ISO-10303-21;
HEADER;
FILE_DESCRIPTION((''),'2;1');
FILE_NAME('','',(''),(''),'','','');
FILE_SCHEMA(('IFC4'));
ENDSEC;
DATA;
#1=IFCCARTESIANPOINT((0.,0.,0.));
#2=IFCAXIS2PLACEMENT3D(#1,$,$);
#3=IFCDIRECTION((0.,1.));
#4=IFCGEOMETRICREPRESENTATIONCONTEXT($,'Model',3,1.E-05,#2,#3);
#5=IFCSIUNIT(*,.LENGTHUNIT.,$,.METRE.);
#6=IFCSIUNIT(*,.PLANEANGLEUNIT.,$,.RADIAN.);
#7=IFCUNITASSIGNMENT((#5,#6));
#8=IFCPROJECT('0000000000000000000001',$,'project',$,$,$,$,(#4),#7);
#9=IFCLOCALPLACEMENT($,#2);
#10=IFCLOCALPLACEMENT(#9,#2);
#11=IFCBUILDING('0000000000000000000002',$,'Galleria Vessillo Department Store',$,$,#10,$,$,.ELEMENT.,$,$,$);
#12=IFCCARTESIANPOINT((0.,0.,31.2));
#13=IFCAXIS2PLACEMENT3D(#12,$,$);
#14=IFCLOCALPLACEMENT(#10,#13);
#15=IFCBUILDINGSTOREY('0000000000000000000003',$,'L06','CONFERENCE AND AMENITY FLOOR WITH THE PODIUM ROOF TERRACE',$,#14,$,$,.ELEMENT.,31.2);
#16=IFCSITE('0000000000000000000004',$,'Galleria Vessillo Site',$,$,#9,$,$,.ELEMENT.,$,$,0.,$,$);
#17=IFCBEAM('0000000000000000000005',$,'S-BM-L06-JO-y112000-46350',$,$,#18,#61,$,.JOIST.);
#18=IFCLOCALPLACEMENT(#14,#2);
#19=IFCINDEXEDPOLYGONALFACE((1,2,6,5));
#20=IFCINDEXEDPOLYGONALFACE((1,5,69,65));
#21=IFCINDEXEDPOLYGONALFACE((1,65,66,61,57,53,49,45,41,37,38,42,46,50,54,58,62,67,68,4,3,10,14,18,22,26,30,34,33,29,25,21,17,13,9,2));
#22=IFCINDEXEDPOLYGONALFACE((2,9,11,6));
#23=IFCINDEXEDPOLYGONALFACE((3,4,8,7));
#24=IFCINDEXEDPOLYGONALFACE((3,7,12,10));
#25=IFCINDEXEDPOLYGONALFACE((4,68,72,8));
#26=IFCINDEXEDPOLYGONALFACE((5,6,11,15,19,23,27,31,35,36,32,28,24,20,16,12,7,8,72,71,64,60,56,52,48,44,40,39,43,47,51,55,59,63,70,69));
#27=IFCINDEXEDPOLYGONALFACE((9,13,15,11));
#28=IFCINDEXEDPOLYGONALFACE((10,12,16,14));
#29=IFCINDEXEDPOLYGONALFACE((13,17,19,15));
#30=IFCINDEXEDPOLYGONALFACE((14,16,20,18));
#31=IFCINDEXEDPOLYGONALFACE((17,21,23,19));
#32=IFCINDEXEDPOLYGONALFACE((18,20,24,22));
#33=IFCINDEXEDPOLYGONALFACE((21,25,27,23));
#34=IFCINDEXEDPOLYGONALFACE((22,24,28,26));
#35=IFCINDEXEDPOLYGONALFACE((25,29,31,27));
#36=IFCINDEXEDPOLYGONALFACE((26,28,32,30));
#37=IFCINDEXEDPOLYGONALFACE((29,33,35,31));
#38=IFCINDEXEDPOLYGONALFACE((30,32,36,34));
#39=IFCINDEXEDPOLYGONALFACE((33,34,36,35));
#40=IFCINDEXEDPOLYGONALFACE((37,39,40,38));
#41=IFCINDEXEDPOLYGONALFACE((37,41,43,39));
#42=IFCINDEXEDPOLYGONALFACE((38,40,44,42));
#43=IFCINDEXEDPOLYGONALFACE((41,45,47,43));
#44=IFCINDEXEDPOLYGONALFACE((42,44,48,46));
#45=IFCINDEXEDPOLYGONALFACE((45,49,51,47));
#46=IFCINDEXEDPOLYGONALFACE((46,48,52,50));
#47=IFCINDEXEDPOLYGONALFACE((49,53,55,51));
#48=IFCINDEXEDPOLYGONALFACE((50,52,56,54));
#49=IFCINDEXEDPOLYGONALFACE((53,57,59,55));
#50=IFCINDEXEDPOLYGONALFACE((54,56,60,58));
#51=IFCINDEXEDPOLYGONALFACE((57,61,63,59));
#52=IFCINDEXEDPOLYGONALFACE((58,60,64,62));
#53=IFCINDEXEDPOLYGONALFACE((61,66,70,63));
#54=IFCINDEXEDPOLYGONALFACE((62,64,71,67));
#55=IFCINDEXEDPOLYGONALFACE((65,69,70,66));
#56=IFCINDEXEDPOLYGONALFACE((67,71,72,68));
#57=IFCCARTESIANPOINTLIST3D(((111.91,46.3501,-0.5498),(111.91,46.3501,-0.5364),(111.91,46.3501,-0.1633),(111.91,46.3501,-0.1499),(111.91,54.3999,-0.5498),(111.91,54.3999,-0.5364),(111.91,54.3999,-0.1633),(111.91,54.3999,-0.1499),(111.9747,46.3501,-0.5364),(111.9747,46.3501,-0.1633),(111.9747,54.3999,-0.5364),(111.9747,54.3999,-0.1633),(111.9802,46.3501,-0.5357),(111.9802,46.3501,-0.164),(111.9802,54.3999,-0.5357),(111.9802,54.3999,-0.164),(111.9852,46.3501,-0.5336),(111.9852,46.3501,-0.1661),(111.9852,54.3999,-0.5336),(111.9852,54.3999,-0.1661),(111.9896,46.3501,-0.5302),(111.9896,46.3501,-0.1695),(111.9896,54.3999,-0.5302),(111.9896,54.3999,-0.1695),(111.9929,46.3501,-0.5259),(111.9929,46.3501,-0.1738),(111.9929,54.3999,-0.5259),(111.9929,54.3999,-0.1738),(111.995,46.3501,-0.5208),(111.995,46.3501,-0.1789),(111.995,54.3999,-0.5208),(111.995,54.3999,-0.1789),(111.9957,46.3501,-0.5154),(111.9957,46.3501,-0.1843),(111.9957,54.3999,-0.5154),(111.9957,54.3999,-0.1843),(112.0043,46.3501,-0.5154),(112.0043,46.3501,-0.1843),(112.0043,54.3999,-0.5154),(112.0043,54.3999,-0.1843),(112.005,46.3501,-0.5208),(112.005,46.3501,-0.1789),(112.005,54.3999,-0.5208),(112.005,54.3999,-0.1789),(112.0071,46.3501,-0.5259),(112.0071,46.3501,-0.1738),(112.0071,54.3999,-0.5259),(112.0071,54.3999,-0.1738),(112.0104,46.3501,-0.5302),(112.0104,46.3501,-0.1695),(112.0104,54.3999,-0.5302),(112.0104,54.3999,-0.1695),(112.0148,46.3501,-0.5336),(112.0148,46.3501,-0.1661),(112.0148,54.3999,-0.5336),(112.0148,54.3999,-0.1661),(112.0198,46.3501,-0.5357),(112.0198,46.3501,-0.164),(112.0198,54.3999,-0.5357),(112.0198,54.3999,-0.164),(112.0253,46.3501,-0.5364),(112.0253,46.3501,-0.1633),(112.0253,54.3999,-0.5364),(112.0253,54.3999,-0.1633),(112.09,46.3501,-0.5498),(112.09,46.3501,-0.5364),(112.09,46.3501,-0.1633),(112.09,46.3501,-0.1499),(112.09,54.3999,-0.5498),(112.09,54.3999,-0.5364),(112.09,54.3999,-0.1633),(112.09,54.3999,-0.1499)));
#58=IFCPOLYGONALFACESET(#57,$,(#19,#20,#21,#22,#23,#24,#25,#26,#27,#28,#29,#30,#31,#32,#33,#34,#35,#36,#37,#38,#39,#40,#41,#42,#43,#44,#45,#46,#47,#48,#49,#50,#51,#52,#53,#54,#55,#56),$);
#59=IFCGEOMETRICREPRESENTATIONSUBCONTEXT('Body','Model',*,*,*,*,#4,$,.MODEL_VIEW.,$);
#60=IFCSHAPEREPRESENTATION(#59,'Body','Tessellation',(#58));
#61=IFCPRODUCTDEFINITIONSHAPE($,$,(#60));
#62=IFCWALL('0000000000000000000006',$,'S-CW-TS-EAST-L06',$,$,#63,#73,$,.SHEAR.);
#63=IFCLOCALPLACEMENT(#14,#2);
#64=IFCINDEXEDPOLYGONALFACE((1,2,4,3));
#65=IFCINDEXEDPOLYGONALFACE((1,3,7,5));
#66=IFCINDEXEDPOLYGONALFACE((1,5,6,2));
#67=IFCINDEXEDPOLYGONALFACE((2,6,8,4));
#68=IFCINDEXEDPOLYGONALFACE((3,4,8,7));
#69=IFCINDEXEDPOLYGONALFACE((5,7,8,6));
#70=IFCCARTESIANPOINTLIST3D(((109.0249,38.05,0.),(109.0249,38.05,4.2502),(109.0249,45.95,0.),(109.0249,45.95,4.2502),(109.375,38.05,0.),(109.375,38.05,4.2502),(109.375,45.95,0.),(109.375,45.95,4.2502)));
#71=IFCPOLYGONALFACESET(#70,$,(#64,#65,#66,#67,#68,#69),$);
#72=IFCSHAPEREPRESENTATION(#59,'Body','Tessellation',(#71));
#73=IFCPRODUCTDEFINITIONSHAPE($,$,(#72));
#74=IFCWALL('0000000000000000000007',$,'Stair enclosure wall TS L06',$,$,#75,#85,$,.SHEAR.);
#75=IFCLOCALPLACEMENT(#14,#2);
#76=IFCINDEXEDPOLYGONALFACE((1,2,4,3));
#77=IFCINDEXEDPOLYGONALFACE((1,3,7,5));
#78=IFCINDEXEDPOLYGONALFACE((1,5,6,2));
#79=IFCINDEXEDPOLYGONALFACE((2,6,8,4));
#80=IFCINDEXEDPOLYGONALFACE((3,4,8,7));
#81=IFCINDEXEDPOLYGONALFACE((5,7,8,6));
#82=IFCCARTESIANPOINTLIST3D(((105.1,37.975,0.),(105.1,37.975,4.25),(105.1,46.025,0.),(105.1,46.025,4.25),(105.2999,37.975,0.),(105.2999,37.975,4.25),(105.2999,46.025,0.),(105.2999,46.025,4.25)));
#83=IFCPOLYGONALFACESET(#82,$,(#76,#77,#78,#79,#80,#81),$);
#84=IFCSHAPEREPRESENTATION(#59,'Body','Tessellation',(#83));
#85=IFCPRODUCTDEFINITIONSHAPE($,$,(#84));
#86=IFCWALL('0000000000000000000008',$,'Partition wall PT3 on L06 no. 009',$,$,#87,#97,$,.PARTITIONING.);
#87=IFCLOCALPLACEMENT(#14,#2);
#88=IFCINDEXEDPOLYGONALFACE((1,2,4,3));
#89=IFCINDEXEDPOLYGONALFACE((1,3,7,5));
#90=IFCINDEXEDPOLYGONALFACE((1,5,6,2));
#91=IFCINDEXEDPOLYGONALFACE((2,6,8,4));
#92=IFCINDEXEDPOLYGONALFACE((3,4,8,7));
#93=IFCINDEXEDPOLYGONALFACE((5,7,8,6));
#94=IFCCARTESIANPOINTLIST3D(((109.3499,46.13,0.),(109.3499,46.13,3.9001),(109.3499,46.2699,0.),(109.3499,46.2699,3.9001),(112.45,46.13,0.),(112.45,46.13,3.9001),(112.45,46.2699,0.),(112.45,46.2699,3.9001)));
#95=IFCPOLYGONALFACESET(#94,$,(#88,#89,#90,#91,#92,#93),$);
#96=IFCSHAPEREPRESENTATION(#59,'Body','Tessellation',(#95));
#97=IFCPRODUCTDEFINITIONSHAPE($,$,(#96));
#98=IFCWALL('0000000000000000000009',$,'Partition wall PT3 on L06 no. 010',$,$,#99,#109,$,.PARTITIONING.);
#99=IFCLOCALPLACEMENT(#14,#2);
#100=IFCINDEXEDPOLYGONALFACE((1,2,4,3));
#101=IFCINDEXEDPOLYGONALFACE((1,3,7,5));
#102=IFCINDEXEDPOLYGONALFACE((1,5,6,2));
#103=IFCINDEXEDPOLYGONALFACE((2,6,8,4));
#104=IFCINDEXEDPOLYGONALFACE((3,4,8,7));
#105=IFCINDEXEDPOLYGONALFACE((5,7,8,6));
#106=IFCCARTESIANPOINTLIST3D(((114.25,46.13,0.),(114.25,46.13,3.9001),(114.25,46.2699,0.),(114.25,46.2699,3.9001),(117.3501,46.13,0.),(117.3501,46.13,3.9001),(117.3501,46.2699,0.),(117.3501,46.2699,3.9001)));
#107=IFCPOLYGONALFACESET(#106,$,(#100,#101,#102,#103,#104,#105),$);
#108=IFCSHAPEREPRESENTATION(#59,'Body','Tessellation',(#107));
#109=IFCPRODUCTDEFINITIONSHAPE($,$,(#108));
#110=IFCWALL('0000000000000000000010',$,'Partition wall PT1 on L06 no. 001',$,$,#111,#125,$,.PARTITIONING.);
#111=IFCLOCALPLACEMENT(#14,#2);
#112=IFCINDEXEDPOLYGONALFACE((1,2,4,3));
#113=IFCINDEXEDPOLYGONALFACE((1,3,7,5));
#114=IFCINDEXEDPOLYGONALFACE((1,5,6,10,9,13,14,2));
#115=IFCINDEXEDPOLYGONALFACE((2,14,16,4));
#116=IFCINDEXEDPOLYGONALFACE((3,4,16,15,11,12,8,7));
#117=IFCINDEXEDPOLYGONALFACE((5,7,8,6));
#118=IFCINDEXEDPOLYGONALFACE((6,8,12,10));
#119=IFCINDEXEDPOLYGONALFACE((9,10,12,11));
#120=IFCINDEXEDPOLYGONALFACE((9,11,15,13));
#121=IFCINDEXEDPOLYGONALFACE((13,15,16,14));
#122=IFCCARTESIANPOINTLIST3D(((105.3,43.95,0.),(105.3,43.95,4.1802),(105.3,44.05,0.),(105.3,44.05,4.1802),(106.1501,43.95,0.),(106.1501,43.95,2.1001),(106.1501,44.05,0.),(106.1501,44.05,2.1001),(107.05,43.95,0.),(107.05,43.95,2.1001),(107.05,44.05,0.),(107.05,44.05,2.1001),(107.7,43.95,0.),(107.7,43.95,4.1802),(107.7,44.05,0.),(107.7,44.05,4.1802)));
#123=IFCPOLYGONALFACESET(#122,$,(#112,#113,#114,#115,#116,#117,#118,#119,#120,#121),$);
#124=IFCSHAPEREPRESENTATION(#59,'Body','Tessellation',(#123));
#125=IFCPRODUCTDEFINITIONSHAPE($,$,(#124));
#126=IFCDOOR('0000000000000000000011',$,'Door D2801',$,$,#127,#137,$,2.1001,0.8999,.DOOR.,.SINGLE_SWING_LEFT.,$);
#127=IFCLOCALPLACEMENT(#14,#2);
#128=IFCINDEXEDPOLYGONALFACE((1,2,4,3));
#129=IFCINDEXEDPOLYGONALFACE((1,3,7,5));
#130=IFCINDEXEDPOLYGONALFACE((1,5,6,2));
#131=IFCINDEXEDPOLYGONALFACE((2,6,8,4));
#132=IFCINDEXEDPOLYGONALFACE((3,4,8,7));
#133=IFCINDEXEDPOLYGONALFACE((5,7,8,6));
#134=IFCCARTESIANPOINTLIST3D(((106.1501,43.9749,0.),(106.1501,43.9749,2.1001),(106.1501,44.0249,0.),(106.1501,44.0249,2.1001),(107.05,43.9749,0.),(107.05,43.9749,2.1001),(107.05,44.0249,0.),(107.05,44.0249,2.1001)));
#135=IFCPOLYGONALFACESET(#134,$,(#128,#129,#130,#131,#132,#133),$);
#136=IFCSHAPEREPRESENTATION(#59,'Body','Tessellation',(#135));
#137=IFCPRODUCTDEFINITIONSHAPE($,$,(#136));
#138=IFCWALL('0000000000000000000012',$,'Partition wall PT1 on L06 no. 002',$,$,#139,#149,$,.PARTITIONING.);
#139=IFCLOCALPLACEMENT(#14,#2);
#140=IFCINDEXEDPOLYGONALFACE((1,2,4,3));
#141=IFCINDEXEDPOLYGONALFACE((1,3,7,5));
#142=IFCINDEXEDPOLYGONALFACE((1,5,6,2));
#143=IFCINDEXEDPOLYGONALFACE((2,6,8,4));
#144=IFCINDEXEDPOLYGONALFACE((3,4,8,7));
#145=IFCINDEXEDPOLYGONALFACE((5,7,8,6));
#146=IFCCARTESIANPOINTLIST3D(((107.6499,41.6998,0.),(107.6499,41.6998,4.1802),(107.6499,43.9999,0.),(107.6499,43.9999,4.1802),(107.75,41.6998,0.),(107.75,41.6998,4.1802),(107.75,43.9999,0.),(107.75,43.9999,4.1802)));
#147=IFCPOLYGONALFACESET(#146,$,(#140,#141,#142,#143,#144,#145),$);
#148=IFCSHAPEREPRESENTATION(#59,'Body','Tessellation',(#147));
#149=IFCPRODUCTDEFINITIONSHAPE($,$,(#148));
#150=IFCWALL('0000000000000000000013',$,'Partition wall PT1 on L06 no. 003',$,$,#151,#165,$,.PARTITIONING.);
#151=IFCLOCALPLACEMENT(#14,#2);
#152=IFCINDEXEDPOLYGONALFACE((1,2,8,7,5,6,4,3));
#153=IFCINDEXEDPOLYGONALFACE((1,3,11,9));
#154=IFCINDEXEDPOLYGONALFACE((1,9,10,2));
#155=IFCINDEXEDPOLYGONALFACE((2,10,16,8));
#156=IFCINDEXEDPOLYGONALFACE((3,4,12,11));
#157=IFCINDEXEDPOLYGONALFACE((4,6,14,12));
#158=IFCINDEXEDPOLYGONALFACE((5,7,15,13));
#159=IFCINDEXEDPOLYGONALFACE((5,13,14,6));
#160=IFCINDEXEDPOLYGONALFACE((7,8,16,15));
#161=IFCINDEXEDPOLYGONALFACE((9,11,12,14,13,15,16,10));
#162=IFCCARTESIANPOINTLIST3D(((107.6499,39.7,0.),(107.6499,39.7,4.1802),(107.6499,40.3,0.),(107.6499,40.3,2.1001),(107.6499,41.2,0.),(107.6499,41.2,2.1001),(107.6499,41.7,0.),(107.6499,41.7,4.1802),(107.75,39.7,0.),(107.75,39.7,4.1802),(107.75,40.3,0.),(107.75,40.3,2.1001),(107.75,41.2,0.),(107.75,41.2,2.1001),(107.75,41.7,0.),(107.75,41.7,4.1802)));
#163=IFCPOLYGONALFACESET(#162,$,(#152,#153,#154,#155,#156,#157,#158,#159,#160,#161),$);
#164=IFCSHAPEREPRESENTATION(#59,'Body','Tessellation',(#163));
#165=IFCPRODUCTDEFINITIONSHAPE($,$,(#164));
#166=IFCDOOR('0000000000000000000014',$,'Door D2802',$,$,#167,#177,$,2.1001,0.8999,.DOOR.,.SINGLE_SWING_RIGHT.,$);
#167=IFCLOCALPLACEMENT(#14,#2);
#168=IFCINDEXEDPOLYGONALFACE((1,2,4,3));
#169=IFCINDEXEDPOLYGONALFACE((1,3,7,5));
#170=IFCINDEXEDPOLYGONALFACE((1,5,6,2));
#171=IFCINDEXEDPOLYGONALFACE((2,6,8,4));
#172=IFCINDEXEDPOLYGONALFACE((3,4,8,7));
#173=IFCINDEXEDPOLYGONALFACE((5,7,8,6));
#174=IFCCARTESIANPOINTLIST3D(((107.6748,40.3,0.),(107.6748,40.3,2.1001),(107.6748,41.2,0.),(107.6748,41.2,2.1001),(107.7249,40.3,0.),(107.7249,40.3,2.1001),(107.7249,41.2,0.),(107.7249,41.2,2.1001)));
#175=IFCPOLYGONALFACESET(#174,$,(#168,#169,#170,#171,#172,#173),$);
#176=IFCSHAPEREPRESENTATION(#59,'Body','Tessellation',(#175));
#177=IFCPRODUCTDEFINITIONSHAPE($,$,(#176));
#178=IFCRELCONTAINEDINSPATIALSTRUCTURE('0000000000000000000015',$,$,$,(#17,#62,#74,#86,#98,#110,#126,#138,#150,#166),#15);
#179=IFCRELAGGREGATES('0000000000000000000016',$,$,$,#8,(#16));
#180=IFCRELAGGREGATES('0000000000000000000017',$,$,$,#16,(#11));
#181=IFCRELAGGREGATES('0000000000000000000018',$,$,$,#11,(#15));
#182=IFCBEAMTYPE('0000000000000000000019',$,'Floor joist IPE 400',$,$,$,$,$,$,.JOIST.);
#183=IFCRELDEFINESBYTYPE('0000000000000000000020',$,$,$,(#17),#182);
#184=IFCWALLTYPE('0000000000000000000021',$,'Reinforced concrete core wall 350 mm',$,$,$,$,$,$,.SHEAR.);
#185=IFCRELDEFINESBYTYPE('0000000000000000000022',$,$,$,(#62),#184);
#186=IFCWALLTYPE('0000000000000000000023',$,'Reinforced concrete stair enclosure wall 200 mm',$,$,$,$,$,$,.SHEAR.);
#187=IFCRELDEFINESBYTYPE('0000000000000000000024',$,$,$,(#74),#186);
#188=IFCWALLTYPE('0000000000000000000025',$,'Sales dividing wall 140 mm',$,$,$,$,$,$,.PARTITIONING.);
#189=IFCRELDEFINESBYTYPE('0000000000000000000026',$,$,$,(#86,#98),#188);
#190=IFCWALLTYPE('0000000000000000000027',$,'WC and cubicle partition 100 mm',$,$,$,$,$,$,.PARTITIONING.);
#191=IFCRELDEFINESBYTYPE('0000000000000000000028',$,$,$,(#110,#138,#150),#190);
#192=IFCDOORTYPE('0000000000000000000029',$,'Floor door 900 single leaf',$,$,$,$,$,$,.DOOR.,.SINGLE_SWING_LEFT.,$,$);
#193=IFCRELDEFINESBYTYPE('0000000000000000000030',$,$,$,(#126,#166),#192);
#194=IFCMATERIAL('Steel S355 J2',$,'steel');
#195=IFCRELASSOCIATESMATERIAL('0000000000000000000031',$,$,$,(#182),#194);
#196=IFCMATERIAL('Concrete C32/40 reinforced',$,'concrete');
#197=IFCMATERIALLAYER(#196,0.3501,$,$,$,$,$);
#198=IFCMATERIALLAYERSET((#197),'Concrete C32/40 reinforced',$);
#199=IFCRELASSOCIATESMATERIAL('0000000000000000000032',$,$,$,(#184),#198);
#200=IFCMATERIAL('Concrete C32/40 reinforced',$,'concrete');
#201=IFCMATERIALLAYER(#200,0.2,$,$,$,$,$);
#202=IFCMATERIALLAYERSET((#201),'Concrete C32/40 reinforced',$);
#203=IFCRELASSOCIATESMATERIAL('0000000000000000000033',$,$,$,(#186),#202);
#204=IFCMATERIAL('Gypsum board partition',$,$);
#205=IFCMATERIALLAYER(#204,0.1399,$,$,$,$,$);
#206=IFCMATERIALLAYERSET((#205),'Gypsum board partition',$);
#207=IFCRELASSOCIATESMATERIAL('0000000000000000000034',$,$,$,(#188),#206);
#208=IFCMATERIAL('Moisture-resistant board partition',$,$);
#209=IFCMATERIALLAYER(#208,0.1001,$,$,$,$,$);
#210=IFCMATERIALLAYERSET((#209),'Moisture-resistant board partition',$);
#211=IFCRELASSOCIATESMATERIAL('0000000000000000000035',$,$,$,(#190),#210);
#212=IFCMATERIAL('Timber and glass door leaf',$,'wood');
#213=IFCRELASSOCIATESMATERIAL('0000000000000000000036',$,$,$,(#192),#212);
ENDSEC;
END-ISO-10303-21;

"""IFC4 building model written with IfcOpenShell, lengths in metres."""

from ifc_helpers import new_model, si_unit, direction, frame, frame_2d, origin, origin_2d, place, context, subcontext, project, spatial, rectangle, i_section, extrude, material, layer, layer_set, material_profile, profile_set, type_object, element, fill, save


model = new_model("IFC4")

# Units and contexts
model_context = context("Model", 3, precision=1e-05, world=origin(), true_north=direction((0.0, 1.0)))
body_context = subcontext(model_context, "Body", "Model", "MODEL_VIEW")
ifc_project = project(units=[si_unit("LENGTHUNIT", "METRE"), si_unit("PLANEANGLEUNIT", "RADIAN")], contexts=[model_context])

# Site, building, storey
site_placement = place(None, origin())
site = spatial("IfcSite", under=ifc_project, at=site_placement, Name="Galleria Vessillo Site", CompositionType="ELEMENT", RefElevation=0.0)
building_placement = place(site_placement, origin())
building = spatial("IfcBuilding", under=site, at=building_placement, Name="Galleria Vessillo Department Store", CompositionType="ELEMENT")
storey_placement = place(building_placement, frame((0.0, 0.0, 31.2)))
storey = spatial("IfcBuildingStorey", under=building, at=storey_placement, Name="L06", Description="CONFERENCE AND AMENITY FLOOR WITH THE PODIUM ROOF TERRACE", CompositionType="ELEMENT", Elevation=31.2)

# Beam
ifc_material_1 = material(Name="Steel S355 J2", Category="steel")
ifc_material_profile_1 = material_profile(ifc_material_1, i_section(OverallWidth=0.1799, OverallDepth=0.3999, WebThickness=0.0085, FlangeThickness=0.0134, FilletRadius=0.021, at=origin_2d()), Name="IPE 400")
ifc_profile_set_1 = profile_set([ifc_material_profile_1], Name="Steel S355 J2")
beam_type_1 = type_object("IfcBeamType", Name="Floor joist IPE 400", PredefinedType="JOIST", material=ifc_profile_set_1)
beam_1_placement = place(storey_placement, frame((112.0, 46.3501, -0.3499), z_axis=(0.0, 1.0, 0.0), x_axis=(-1.0, 0.0, 0.0)))
element("IfcBeam", 1, at=beam_1_placement, inside=storey, type_object=beam_type_1, Name="S-BM-L06-JO-y112000-46350", PredefinedType="JOIST", context=body_context, shape_type="SweptSolid", body=[
    extrude(i_section(OverallWidth=0.1799, OverallDepth=0.3999, WebThickness=0.0085, FlangeThickness=0.0134, FilletRadius=0.021, at=origin_2d()), origin(), (0.0, 0.0, 1.0), 8.0498),
])

# Walls
ifc_material_2 = material(Name="Concrete C32/40 reinforced", Category="concrete")
ifc_layer_1 = layer(ifc_material_2, 0.3501)
ifc_layer_set_1 = layer_set([ifc_layer_1], Name="Concrete C32/40 reinforced")
wall_type_1 = type_object("IfcWallType", Name="Reinforced concrete core wall 350 mm", PredefinedType="SHEAR", material=ifc_layer_set_1)
wall_1_placement = place(storey_placement, frame((109.2, 38.05, 0.0), z_axis=(0.0, 0.0, 1.0), x_axis=(0.0, 1.0, 0.0)))
element("IfcWall", 2, at=wall_1_placement, inside=storey, type_object=wall_type_1, Name="S-CW-TS-EAST-L06", PredefinedType="SHEAR", context=body_context, shape_type="SweptSolid", body=[
    extrude(rectangle(XDim=7.8999, YDim=0.3501, at=frame_2d((3.95, 0.0))), origin(), (0.0, 0.0, 1.0), 4.2502),
])
ifc_material_3 = material(Name="Concrete C32/40 reinforced", Category="concrete")
ifc_layer_2 = layer(ifc_material_3, 0.2)
ifc_layer_set_2 = layer_set([ifc_layer_2], Name="Concrete C32/40 reinforced")
wall_type_2 = type_object("IfcWallType", Name="Reinforced concrete stair enclosure wall 200 mm", PredefinedType="SHEAR", material=ifc_layer_set_2)
wall_2_placement = place(storey_placement, frame((105.2, 37.9751, 0.0), z_axis=(0.0, 0.0, 1.0), x_axis=(0.0, 1.0, 0.0)))
element("IfcWall", 3, at=wall_2_placement, inside=storey, type_object=wall_type_2, Name="Stair enclosure wall TS L06", PredefinedType="SHEAR", context=body_context, shape_type="SweptSolid", body=[
    extrude(rectangle(XDim=8.05, YDim=0.2, at=frame_2d((4.0249, 0.0))), origin(), (0.0, 0.0, 1.0), 4.25),
])
ifc_material_4 = material(Name="Gypsum board partition")
ifc_layer_3 = layer(ifc_material_4, 0.1399)
ifc_layer_set_3 = layer_set([ifc_layer_3], Name="Gypsum board partition")
wall_type_3 = type_object("IfcWallType", Name="Sales dividing wall 140 mm", PredefinedType="PARTITIONING", material=ifc_layer_set_3)
for number, where, z_axis, x_axis, name in (
    (4, (109.3499, 46.2, 0.0), (0.0, 0.0, 1.0), (1.0, 0.0, 0.0), "Partition wall PT3 on L06 no. 009"),
    (5, (114.25, 46.2, 0.0), (0.0, 0.0, 1.0), (1.0, 0.0, 0.0), "Partition wall PT3 on L06 no. 010"),
):
    element("IfcWall", number, at=place(storey_placement, frame(where, z_axis=z_axis, x_axis=x_axis)), inside=storey, type_object=wall_type_3, Name=name, PredefinedType="PARTITIONING", context=body_context, shape_type="SweptSolid", body=[
        extrude(rectangle(XDim=3.1001, YDim=0.1399, at=frame_2d((1.55, 0.0))), origin(), (0.0, 0.0, 1.0), 3.9001),
    ])

# Wall, opening, door
ifc_material_5 = material(Name="Moisture-resistant board partition")
ifc_layer_4 = layer(ifc_material_5, 0.1001)
ifc_layer_set_4 = layer_set([ifc_layer_4], Name="Moisture-resistant board partition")
wall_type_4 = type_object("IfcWallType", Name="WC and cubicle partition 100 mm", PredefinedType="PARTITIONING", material=ifc_layer_set_4)
wall_3_placement = place(storey_placement, frame((105.3, 44.0, 0.0), z_axis=(0.0, 0.0, 1.0), x_axis=(1.0, 0.0, 0.0)))
wall_3 = element("IfcWall", 6, at=wall_3_placement, inside=storey, type_object=wall_type_4, Name="Partition wall PT1 on L06 no. 001", PredefinedType="PARTITIONING", context=body_context, shape_type="SweptSolid", body=[
    extrude(rectangle(XDim=2.3999, YDim=0.1001, at=frame_2d((1.2, 0.0))), origin(), (0.0, 0.0, 1.0), 4.1802),
])
opening_1_placement = place(wall_3_placement, frame((0.8501, 0.0, 0.0)))
opening_1 = element("IfcOpeningElement", 7, at=opening_1_placement, cuts=wall_3, PredefinedType="OPENING", context=body_context, shape_type="SweptSolid", body=[
    extrude(rectangle(XDim=0.8999, YDim=2.1001, at=frame_2d((0.45, 1.05))), frame((0.0, 0.0601, 0.0), z_axis=(0.0, -1.0, 0.0), x_axis=(1.0, 0.0, 0.0)), (0.0, 0.0, 1.0), 0.1201),
])
ifc_material_6 = material(Name="Timber and glass door leaf", Category="wood")
door_type_1 = type_object("IfcDoorType", Name="Floor door 900 single leaf", OperationType="SINGLE_SWING_LEFT", PredefinedType="DOOR", material=ifc_material_6)
door_1_placement = place(opening_1_placement, origin())
door_1 = element("IfcDoor", 8, at=door_1_placement, inside=storey, type_object=door_type_1, Name="Door D2801", OperationType="SINGLE_SWING_LEFT", OverallHeight=2.1001, OverallWidth=0.8999, PredefinedType="DOOR", context=body_context, shape_type="SweptSolid", body=[
    extrude(rectangle(XDim=0.8999, YDim=2.1001, at=frame_2d((0.45, 1.05))), frame((0.0, 0.0249, 0.0), z_axis=(0.0, -1.0, 0.0), x_axis=(1.0, 0.0, 0.0)), (0.0, 0.0, 1.0), 0.05),
])
fill(opening_1, door_1)

# Wall
wall_4_placement = place(storey_placement, frame((107.7, 41.7, 0.0), z_axis=(0.0, 0.0, 1.0), x_axis=(0.0, 1.0, 0.0)))
element("IfcWall", 9, at=wall_4_placement, inside=storey, type_object=wall_type_4, Name="Partition wall PT1 on L06 no. 002", PredefinedType="PARTITIONING", context=body_context, shape_type="SweptSolid", body=[
    extrude(rectangle(XDim=2.3, YDim=0.1001, at=frame_2d((1.1499, 0.0))), origin(), (0.0, 0.0, 1.0), 4.1802),
])

# Wall, opening, door
wall_5_placement = place(storey_placement, frame((107.7, 39.7, 0.0), z_axis=(0.0, 0.0, 1.0), x_axis=(0.0, 1.0, 0.0)))
wall_5 = element("IfcWall", 10, at=wall_5_placement, inside=storey, type_object=wall_type_4, Name="Partition wall PT1 on L06 no. 003", PredefinedType="PARTITIONING", context=body_context, shape_type="SweptSolid", body=[
    extrude(rectangle(XDim=2.0, YDim=0.1001, at=frame_2d((1.0, 0.0))), origin(), (0.0, 0.0, 1.0), 4.1802),
])
opening_2_placement = place(wall_5_placement, frame((0.6001, 0.0, 0.0)))
opening_2 = element("IfcOpeningElement", 11, at=opening_2_placement, cuts=wall_5, PredefinedType="OPENING", context=body_context, shape_type="SweptSolid", body=[
    extrude(rectangle(XDim=0.8999, YDim=2.1001, at=frame_2d((0.45, 1.05))), frame((0.0, 0.0601, 0.0), z_axis=(0.0, -1.0, 0.0), x_axis=(1.0, 0.0, 0.0)), (0.0, 0.0, 1.0), 0.1201),
])
door_2_placement = place(opening_2_placement, frame((0.8999, 0.0, 0.0), z_axis=(0.0, 0.0, 1.0), x_axis=(-1.0, 0.0, 0.0)))
door_2 = element("IfcDoor", 12, at=door_2_placement, inside=storey, type_object=door_type_1, Name="Door D2802", OperationType="SINGLE_SWING_RIGHT", OverallHeight=2.1001, OverallWidth=0.8999, PredefinedType="DOOR", context=body_context, shape_type="SweptSolid", body=[
    extrude(rectangle(XDim=0.8999, YDim=2.1001, at=frame_2d((0.45, 1.05))), frame((0.0, 0.0249, 0.0), z_axis=(0.0, -1.0, 0.0), x_axis=(1.0, 0.0, 0.0)), (0.0, 0.0, 1.0), 0.05),
])
fill(opening_2, door_2)

save(model, "model.ifc")
